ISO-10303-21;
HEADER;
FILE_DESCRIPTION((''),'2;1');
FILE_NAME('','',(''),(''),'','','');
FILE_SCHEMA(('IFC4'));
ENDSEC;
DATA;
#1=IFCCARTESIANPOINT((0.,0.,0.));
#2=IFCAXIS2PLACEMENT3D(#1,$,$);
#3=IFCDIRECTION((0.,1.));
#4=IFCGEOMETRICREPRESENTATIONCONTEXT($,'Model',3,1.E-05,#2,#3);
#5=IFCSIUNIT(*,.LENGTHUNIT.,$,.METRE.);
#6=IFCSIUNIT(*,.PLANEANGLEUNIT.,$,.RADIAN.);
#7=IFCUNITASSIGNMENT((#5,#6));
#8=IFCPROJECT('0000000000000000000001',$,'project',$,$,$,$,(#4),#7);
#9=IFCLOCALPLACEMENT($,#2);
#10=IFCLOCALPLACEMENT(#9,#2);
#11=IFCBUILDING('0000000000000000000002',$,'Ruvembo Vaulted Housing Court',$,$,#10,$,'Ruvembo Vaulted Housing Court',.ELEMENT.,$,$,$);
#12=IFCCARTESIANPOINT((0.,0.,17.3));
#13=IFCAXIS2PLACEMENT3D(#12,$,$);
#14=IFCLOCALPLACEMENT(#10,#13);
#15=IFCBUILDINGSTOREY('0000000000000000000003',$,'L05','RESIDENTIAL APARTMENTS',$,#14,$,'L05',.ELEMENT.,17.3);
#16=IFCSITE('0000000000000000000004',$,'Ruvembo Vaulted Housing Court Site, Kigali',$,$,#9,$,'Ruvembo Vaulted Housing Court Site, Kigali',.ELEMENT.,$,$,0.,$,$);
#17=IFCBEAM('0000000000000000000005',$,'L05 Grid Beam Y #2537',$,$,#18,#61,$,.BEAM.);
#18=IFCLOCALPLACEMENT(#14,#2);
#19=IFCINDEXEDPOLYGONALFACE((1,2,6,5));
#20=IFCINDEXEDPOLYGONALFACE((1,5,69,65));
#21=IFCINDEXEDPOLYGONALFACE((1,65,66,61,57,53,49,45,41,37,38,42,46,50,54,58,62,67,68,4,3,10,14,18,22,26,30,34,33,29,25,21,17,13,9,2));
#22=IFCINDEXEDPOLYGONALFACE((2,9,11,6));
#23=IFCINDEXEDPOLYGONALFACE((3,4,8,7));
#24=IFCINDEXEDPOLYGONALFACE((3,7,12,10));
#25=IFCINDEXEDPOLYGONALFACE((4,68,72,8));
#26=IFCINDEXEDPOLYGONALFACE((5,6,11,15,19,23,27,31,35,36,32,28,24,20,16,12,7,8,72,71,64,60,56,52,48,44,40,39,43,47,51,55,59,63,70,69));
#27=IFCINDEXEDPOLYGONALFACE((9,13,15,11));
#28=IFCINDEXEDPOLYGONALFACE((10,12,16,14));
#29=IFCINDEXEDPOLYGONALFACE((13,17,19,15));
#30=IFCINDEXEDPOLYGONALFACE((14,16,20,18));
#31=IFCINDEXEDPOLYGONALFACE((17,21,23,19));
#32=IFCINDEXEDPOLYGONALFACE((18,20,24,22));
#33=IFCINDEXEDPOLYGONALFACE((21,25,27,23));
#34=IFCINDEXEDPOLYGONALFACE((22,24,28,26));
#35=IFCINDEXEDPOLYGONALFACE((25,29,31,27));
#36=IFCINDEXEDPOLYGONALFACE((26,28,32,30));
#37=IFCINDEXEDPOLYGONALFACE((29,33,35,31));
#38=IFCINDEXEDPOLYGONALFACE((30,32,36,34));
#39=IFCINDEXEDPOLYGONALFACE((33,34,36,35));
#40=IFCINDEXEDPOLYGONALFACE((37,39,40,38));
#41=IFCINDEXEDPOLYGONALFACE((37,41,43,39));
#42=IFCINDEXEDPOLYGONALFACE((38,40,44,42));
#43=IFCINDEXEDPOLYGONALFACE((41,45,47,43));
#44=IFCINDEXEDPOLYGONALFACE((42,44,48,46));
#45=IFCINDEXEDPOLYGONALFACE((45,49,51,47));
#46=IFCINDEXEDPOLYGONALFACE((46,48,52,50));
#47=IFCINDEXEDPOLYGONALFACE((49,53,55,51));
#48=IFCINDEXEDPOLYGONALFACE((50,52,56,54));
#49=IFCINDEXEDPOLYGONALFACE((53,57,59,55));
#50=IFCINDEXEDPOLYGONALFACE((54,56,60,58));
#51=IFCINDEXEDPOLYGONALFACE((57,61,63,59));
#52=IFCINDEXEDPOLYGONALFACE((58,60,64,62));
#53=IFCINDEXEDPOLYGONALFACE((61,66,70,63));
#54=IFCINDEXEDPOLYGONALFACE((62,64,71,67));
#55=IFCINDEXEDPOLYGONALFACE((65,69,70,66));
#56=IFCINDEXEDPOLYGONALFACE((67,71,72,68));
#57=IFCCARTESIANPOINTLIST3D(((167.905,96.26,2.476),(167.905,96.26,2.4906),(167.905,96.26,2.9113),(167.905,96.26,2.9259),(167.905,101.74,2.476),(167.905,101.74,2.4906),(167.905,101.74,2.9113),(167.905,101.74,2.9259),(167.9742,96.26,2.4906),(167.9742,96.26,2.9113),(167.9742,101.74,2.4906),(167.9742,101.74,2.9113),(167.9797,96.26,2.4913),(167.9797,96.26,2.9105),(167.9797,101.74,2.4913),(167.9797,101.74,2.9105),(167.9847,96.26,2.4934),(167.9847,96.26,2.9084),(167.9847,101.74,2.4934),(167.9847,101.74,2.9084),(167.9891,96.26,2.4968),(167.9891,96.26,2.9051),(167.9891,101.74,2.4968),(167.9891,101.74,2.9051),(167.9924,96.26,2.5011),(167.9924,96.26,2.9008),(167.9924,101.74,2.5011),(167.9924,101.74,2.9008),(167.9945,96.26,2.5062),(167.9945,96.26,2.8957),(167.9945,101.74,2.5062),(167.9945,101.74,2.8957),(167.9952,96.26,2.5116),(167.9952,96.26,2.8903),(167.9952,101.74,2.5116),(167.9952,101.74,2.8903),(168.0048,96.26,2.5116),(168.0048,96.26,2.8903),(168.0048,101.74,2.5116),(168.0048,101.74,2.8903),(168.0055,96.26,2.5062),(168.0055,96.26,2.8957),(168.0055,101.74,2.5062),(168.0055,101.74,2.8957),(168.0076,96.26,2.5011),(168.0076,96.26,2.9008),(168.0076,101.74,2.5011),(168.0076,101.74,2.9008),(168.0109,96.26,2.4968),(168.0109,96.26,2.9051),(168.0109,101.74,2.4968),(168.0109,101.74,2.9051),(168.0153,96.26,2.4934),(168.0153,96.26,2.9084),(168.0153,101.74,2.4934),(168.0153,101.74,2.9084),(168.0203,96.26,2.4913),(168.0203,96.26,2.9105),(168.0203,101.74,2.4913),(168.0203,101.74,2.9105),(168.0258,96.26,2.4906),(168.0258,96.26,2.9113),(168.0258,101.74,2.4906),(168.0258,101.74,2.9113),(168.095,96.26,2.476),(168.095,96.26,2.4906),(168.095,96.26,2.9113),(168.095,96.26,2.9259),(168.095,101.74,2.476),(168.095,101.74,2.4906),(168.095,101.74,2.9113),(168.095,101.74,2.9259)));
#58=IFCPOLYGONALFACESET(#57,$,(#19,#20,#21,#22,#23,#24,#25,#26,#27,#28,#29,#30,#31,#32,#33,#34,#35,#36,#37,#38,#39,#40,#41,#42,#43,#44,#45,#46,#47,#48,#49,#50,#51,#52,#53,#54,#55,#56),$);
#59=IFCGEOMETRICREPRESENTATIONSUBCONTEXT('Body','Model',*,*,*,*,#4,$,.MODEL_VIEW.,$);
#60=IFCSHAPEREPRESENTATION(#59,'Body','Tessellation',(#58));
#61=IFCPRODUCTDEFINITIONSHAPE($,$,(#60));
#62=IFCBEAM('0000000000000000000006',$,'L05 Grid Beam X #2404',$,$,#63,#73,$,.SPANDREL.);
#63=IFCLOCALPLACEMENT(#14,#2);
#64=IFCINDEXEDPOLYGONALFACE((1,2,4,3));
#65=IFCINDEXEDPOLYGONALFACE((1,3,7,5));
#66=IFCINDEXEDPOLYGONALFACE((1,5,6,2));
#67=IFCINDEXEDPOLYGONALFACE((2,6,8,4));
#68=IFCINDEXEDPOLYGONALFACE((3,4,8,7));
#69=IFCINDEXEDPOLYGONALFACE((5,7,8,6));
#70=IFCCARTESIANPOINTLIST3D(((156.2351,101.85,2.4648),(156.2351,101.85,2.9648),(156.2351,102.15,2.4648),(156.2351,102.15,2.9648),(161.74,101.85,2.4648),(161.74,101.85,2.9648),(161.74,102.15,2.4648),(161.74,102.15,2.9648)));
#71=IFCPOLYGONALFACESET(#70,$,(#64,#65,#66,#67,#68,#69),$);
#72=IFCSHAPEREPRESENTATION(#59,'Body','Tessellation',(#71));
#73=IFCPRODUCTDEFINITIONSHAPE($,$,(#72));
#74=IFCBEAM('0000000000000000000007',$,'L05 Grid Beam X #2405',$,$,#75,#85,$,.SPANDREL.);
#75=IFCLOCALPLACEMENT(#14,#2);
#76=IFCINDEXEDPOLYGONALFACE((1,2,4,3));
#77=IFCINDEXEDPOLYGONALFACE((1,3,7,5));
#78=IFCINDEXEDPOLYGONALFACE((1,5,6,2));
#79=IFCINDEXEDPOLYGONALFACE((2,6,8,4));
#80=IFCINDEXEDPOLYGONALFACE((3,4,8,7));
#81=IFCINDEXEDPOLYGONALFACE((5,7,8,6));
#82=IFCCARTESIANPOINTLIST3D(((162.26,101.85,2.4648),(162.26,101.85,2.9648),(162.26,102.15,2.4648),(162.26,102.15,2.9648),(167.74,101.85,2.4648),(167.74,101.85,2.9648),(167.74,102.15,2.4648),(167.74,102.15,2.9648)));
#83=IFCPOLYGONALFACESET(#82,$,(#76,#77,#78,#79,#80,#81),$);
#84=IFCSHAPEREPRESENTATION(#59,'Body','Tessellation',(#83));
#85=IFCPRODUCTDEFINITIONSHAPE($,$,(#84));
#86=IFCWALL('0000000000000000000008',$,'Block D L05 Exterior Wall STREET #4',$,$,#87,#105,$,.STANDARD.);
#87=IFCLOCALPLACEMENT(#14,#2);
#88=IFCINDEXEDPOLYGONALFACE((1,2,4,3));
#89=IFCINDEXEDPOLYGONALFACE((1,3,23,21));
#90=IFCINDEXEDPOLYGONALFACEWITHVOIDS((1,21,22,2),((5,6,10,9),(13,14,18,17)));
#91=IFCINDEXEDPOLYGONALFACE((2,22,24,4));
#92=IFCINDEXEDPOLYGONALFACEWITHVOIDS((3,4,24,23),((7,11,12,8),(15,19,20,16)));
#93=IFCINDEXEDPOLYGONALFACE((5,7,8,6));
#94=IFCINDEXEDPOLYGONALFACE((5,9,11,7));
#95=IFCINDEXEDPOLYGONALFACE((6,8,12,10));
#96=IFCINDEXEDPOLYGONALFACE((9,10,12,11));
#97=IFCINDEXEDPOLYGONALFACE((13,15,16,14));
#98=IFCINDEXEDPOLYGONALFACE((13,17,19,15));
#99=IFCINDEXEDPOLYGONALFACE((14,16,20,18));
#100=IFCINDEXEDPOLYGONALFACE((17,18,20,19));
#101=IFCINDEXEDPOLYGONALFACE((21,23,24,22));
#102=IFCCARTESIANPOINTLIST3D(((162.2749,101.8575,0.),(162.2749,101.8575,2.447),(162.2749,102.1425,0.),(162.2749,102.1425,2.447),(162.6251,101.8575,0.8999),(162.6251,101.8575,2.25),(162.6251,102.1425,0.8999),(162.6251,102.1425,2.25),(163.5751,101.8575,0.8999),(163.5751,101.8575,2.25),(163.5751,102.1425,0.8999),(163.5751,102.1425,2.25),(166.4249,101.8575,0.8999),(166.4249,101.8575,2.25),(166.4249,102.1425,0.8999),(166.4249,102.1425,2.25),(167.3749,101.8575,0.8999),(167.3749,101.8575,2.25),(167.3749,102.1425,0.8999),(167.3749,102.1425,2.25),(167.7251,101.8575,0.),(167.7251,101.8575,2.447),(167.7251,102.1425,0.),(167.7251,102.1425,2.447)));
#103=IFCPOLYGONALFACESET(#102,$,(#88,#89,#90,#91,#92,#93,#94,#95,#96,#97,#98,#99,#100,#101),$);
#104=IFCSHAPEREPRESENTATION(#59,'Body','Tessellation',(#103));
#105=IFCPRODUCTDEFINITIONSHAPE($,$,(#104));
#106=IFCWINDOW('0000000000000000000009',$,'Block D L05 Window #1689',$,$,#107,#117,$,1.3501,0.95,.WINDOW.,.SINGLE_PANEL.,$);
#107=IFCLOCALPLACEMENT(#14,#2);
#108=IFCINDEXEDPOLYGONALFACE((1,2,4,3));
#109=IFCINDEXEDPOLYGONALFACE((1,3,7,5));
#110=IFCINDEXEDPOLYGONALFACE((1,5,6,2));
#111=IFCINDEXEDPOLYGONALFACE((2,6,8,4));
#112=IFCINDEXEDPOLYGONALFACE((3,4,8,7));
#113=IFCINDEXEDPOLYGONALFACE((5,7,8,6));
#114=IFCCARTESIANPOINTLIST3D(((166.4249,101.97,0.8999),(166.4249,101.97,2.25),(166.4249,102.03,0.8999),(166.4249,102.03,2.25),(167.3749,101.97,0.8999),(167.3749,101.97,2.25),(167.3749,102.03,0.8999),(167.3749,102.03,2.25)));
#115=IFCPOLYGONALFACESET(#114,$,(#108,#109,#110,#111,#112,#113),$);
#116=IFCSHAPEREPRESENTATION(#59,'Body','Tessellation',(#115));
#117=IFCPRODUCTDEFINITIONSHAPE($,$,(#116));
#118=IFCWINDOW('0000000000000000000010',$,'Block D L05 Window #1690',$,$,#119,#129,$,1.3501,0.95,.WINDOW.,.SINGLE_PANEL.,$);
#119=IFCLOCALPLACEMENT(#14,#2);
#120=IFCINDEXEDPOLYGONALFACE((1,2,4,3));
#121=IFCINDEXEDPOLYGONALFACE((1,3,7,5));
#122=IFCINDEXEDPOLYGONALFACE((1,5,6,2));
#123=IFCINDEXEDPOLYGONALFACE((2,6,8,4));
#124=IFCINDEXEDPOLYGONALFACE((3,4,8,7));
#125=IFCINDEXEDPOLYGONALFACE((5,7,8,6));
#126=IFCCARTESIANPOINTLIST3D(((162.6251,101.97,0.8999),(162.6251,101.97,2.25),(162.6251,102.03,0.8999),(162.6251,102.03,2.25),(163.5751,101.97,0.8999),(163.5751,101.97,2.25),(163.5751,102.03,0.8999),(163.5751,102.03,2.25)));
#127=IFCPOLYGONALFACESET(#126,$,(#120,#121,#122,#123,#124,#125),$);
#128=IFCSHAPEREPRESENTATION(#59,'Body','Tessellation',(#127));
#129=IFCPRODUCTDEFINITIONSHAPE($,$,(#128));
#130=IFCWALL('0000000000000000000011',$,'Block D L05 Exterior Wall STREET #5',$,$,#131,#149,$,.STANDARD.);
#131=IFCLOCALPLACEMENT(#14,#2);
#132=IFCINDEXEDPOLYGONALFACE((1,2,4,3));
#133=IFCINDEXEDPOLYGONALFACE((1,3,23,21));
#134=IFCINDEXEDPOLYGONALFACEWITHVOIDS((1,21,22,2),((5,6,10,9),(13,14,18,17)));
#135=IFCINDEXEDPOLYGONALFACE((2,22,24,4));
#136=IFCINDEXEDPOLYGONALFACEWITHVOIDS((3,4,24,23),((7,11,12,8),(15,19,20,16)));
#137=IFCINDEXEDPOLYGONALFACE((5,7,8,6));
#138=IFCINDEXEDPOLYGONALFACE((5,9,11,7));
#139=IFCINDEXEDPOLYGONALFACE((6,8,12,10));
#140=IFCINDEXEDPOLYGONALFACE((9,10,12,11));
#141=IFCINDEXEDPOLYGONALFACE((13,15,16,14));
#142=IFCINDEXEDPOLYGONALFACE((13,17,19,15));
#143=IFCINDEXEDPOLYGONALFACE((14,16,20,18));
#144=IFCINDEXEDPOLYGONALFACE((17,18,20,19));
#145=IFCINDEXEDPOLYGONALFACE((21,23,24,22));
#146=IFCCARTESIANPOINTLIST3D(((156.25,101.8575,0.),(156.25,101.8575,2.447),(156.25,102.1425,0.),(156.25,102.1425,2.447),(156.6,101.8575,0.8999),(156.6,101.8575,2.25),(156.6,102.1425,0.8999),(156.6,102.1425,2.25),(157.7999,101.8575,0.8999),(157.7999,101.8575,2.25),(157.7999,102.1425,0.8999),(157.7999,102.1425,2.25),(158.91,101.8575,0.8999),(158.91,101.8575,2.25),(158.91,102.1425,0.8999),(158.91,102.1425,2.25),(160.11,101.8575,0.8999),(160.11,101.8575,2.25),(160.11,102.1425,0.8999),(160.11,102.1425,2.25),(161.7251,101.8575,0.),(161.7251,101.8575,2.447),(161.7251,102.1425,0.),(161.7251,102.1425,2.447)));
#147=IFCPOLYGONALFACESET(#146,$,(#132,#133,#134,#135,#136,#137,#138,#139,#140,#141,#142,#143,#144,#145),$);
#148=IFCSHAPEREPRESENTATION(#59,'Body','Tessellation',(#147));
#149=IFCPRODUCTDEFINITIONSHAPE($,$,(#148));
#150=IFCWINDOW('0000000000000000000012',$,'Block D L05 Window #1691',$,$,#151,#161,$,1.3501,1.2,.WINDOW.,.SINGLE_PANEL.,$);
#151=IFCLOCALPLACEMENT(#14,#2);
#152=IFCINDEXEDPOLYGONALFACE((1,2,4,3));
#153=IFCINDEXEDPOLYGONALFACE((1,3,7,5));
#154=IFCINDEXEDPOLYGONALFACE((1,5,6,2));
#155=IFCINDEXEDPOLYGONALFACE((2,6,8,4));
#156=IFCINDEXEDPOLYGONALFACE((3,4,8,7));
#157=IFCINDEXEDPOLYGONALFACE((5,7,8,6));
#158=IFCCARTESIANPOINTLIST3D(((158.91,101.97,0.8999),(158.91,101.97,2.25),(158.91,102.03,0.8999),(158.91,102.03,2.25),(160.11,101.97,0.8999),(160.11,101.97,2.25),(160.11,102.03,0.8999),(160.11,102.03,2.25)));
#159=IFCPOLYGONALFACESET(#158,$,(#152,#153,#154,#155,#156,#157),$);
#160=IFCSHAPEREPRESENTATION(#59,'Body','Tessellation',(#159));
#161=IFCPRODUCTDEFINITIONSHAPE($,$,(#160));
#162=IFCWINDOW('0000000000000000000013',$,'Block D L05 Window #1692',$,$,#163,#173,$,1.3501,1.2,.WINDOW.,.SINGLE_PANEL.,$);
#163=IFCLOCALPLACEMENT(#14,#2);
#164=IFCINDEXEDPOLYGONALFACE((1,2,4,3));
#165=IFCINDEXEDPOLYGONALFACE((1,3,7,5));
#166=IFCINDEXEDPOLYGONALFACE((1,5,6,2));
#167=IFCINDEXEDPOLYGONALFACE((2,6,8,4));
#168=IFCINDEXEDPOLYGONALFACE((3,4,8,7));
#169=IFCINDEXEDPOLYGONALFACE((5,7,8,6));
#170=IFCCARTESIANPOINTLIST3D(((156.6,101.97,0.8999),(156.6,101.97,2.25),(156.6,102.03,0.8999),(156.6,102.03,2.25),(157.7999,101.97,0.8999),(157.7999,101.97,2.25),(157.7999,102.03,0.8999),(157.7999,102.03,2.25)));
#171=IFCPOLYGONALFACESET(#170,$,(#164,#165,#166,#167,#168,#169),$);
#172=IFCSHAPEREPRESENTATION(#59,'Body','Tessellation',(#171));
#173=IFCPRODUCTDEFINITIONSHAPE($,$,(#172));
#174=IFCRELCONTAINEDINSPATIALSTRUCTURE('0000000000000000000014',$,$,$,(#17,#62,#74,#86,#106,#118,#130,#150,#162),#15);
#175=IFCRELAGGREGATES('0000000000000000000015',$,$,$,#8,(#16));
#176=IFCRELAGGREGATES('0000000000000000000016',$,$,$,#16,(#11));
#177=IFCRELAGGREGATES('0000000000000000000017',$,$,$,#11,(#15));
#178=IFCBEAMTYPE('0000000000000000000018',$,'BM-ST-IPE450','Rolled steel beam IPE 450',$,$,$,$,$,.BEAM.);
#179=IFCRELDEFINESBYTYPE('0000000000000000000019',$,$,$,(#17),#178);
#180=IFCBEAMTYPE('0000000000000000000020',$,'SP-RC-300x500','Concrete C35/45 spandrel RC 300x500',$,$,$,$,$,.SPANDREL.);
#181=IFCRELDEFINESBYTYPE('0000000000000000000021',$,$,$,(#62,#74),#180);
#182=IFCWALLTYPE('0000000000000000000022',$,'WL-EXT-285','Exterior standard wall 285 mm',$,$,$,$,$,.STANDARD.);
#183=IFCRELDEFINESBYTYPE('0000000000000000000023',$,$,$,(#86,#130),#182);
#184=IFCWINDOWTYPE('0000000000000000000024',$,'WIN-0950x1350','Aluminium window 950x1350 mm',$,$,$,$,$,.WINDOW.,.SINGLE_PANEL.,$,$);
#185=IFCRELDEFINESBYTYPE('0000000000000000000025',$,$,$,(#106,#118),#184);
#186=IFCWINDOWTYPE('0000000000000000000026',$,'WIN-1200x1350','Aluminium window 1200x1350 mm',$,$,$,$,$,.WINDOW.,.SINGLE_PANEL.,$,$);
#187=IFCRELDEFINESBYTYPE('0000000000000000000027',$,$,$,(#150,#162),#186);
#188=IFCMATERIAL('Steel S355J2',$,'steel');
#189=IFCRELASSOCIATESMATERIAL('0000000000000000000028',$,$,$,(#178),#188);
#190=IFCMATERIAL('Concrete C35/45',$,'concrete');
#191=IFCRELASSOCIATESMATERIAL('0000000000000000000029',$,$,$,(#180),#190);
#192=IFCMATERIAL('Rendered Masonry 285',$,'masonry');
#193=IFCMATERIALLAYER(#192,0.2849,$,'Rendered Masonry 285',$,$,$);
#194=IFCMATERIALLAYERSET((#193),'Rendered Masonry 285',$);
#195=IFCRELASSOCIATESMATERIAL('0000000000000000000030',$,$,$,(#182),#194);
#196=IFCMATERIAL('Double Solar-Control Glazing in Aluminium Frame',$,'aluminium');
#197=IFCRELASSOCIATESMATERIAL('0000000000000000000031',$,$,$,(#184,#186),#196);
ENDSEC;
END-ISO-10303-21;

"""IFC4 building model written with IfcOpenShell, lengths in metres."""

from ifc_helpers import new_model, si_unit, direction, frame, frame_2d, origin, origin_2d, place, context, subcontext, project, spatial, rectangle, i_section, extrude, material, layer, layer_set, material_profile, profile_set, type_object, element, fill, save


model = new_model("IFC4")

# Units and contexts
model_context = context("Model", 3, precision=1e-05, world=origin(), true_north=direction((0.0, 1.0)))
body_context = subcontext(model_context, "Body", "Model", "MODEL_VIEW")
ifc_project = project(units=[si_unit("LENGTHUNIT", "METRE"), si_unit("PLANEANGLEUNIT", "RADIAN")], contexts=[model_context])

# Site, building, storey
site_placement = place(None, origin())
site = spatial("IfcSite", under=ifc_project, at=site_placement, Name="Ruvembo Vaulted Housing Court Site, Kigali", LongName="Ruvembo Vaulted Housing Court Site, Kigali", CompositionType="ELEMENT", RefElevation=0.0)
building_placement = place(site_placement, origin())
building = spatial("IfcBuilding", under=site, at=building_placement, Name="Ruvembo Vaulted Housing Court", LongName="Ruvembo Vaulted Housing Court", CompositionType="ELEMENT")
storey_placement = place(building_placement, frame((0.0, 0.0, 17.3)))
storey = spatial("IfcBuildingStorey", under=building, at=storey_placement, Name="L05", Description="RESIDENTIAL APARTMENTS", LongName="L05", CompositionType="ELEMENT", Elevation=17.3)

# Shared definitions
ifc_material_1 = material(Name="Concrete C35/45", Category="concrete")

# Beams
ifc_material_2 = material(Name="Steel S355J2", Category="steel")
ifc_material_profile_1 = material_profile(ifc_material_2, i_section(OverallWidth=0.1899, OverallDepth=0.45, WebThickness=0.0095, FlangeThickness=0.0146, FilletRadius=0.021, at=origin_2d()), Name="IPE 450")
ifc_profile_set_1 = profile_set([ifc_material_profile_1], Name="Steel S355J2")
beam_type_1 = type_object("IfcBeamType", Name="BM-ST-IPE450", Description="Rolled steel beam IPE 450", PredefinedType="BEAM", material=ifc_profile_set_1)
beam_1_placement = place(storey_placement, frame((168.0, 96.26, 2.7009), z_axis=(0.0, 1.0, 0.0), x_axis=(-1.0, 0.0, 0.0)))
element("IfcBeam", 1, at=beam_1_placement, inside=storey, type_object=beam_type_1, Name="L05 Grid Beam Y #2537", PredefinedType="BEAM", context=body_context, shape_type="SweptSolid", body=[
    extrude(i_section(OverallWidth=0.1899, OverallDepth=0.45, WebThickness=0.0095, FlangeThickness=0.0146, FilletRadius=0.021, at=origin_2d()), origin(), (0.0, 0.0, 1.0), 5.48),
])
ifc_material_profile_2 = material_profile(ifc_material_1, rectangle(XDim=0.3, YDim=0.5, at=origin_2d()), Name="RC 300x500")
ifc_profile_set_2 = profile_set([ifc_material_profile_2], Name="Concrete C35/45")
beam_type_2 = type_object("IfcBeamType", Name="SP-RC-300x500", Description="Concrete C35/45 spandrel RC 300x500", PredefinedType="SPANDREL", material=ifc_profile_set_2)
beam_2_placement = place(storey_placement, frame((156.2351, 102.0, 2.7148), z_axis=(1.0, 0.0, 0.0), x_axis=(0.0, 1.0, 0.0)))
element("IfcBeam", 2, at=beam_2_placement, inside=storey, type_object=beam_type_2, Name="L05 Grid Beam X #2404", PredefinedType="SPANDREL", context=body_context, shape_type="SweptSolid", body=[
    extrude(rectangle(XDim=0.3, YDim=0.5, at=origin_2d()), origin(), (0.0, 0.0, 1.0), 5.5049),
])
beam_3_placement = place(storey_placement, frame((162.26, 102.0, 2.7148), z_axis=(1.0, 0.0, 0.0), x_axis=(0.0, 1.0, 0.0)))
element("IfcBeam", 3, at=beam_3_placement, inside=storey, type_object=beam_type_2, Name="L05 Grid Beam X #2405", PredefinedType="SPANDREL", context=body_context, shape_type="SweptSolid", body=[
    extrude(rectangle(XDim=0.3, YDim=0.5, at=origin_2d()), origin(), (0.0, 0.0, 1.0), 5.48),
])

# Walls, openings, windows
ifc_material_3 = material(Name="Rendered Masonry 285", Category="masonry")
ifc_layer_1 = layer(ifc_material_3, 0.2849, Name="Rendered Masonry 285")
ifc_layer_set_1 = layer_set([ifc_layer_1], Name="Rendered Masonry 285")
wall_type_1 = type_object("IfcWallType", Name="WL-EXT-285", Description="Exterior standard wall 285 mm", PredefinedType="STANDARD", material=ifc_layer_set_1)
wall_1_placement = place(storey_placement, frame((167.7251, 102.0, 0.0), z_axis=(0.0, 0.0, 1.0), x_axis=(-1.0, 0.0, 0.0)))
wall_1 = element("IfcWall", 4, at=wall_1_placement, inside=storey, type_object=wall_type_1, Name="Block D L05 Exterior Wall STREET #4", PredefinedType="STANDARD", context=body_context, shape_type="SweptSolid", body=[
    extrude(rectangle(XDim=5.4502, YDim=0.2849, at=frame_2d((2.7251, 0.0))), origin(), (0.0, 0.0, 1.0), 2.447),
])
opening_1_placement = place(wall_1_placement, frame((0.3501, 0.0, 0.8999)))
opening_1 = element("IfcOpeningElement", 5, at=opening_1_placement, cuts=wall_1, PredefinedType="OPENING", context=body_context, shape_type="SweptSolid", body=[
    extrude(rectangle(XDim=0.95, YDim=1.3501, at=frame_2d((0.4751, 0.675))), frame((0.0, 0.1523, 0.0), z_axis=(0.0, -1.0, 0.0), x_axis=(1.0, 0.0, 0.0)), (0.0, 0.0, 1.0), 0.3049),
])
opening_2_placement = place(wall_1_placement, frame((4.1499, 0.0, 0.8999)))
opening_2 = element("IfcOpeningElement", 6, at=opening_2_placement, cuts=wall_1, PredefinedType="OPENING", context=body_context, shape_type="SweptSolid", body=[
    extrude(rectangle(XDim=0.95, YDim=1.3501, at=frame_2d((0.4751, 0.675))), frame((0.0, 0.1523, 0.0), z_axis=(0.0, -1.0, 0.0), x_axis=(1.0, 0.0, 0.0)), (0.0, 0.0, 1.0), 0.3049),
])
ifc_material_4 = material(Name="Double Solar-Control Glazing in Aluminium Frame", Category="aluminium")
window_type_1 = type_object("IfcWindowType", Name="WIN-0950x1350", Description="Aluminium window 950x1350 mm", PartitioningType="SINGLE_PANEL", PredefinedType="WINDOW", material=ifc_material_4)
window_1_placement = place(opening_1_placement, origin())
window_1 = element("IfcWindow", 7, at=window_1_placement, inside=storey, type_object=window_type_1, Name="Block D L05 Window #1689", OverallHeight=1.3501, OverallWidth=0.95, PartitioningType="SINGLE_PANEL", PredefinedType="WINDOW", context=body_context, shape_type="SweptSolid", body=[
    extrude(rectangle(XDim=0.95, YDim=1.3501, at=frame_2d((0.4751, 0.675))), frame((0.0, 0.03, 0.0), z_axis=(0.0, -1.0, 0.0), x_axis=(1.0, 0.0, 0.0)), (0.0, 0.0, 1.0), 0.0601),
])
fill(opening_1, window_1)
window_2_placement = place(opening_2_placement, origin())
window_2 = element("IfcWindow", 8, at=window_2_placement, inside=storey, type_object=window_type_1, Name="Block D L05 Window #1690", OverallHeight=1.3501, OverallWidth=0.95, PartitioningType="SINGLE_PANEL", PredefinedType="WINDOW", context=body_context, shape_type="SweptSolid", body=[
    extrude(rectangle(XDim=0.95, YDim=1.3501, at=frame_2d((0.4751, 0.675))), frame((0.0, 0.03, 0.0), z_axis=(0.0, -1.0, 0.0), x_axis=(1.0, 0.0, 0.0)), (0.0, 0.0, 1.0), 0.0601),
])
fill(opening_2, window_2)
wall_2_placement = place(storey_placement, frame((161.7251, 102.0, 0.0), z_axis=(0.0, 0.0, 1.0), x_axis=(-1.0, 0.0, 0.0)))
wall_2 = element("IfcWall", 9, at=wall_2_placement, inside=storey, type_object=wall_type_1, Name="Block D L05 Exterior Wall STREET #5", PredefinedType="STANDARD", context=body_context, shape_type="SweptSolid", body=[
    extrude(rectangle(XDim=5.4751, YDim=0.2849, at=frame_2d((2.7375, 0.0))), origin(), (0.0, 0.0, 1.0), 2.447),
])
opening_3_placement = place(wall_2_placement, frame((1.615, 0.0, 0.8999)))
opening_3 = element("IfcOpeningElement", 10, at=opening_3_placement, cuts=wall_2, PredefinedType="OPENING", context=body_context, shape_type="SweptSolid", body=[
    extrude(rectangle(XDim=1.2, YDim=1.3501, at=frame_2d((0.6001, 0.675))), frame((0.0, 0.1523, 0.0), z_axis=(0.0, -1.0, 0.0), x_axis=(1.0, 0.0, 0.0)), (0.0, 0.0, 1.0), 0.3049),
])
opening_4_placement = place(wall_2_placement, frame((3.925, 0.0, 0.8999)))
opening_4 = element("IfcOpeningElement", 11, at=opening_4_placement, cuts=wall_2, PredefinedType="OPENING", context=body_context, shape_type="SweptSolid", body=[
    extrude(rectangle(XDim=1.2, YDim=1.3501, at=frame_2d((0.6001, 0.675))), frame((0.0, 0.1523, 0.0), z_axis=(0.0, -1.0, 0.0), x_axis=(1.0, 0.0, 0.0)), (0.0, 0.0, 1.0), 0.3049),
])
window_type_2 = type_object("IfcWindowType", Name="WIN-1200x1350", Description="Aluminium window 1200x1350 mm", PartitioningType="SINGLE_PANEL", PredefinedType="WINDOW", material=ifc_material_4)
window_3_placement = place(opening_3_placement, origin())
window_3 = element("IfcWindow", 12, at=window_3_placement, inside=storey, type_object=window_type_2, Name="Block D L05 Window #1691", OverallHeight=1.3501, OverallWidth=1.2, PartitioningType="SINGLE_PANEL", PredefinedType="WINDOW", context=body_context, shape_type="SweptSolid", body=[
    extrude(rectangle(XDim=1.2, YDim=1.3501, at=frame_2d((0.6001, 0.675))), frame((0.0, 0.03, 0.0), z_axis=(0.0, -1.0, 0.0), x_axis=(1.0, 0.0, 0.0)), (0.0, 0.0, 1.0), 0.0601),
])
fill(opening_3, window_3)
window_4_placement = place(opening_4_placement, origin())
window_4 = element("IfcWindow", 13, at=window_4_placement, inside=storey, type_object=window_type_2, Name="Block D L05 Window #1692", OverallHeight=1.3501, OverallWidth=1.2, PartitioningType="SINGLE_PANEL", PredefinedType="WINDOW", context=body_context, shape_type="SweptSolid", body=[
    extrude(rectangle(XDim=1.2, YDim=1.3501, at=frame_2d((0.6001, 0.675))), frame((0.0, 0.03, 0.0), z_axis=(0.0, -1.0, 0.0), x_axis=(1.0, 0.0, 0.0)), (0.0, 0.0, 1.0), 0.0601),
])
fill(opening_4, window_4)

save(model, "model.ifc")
